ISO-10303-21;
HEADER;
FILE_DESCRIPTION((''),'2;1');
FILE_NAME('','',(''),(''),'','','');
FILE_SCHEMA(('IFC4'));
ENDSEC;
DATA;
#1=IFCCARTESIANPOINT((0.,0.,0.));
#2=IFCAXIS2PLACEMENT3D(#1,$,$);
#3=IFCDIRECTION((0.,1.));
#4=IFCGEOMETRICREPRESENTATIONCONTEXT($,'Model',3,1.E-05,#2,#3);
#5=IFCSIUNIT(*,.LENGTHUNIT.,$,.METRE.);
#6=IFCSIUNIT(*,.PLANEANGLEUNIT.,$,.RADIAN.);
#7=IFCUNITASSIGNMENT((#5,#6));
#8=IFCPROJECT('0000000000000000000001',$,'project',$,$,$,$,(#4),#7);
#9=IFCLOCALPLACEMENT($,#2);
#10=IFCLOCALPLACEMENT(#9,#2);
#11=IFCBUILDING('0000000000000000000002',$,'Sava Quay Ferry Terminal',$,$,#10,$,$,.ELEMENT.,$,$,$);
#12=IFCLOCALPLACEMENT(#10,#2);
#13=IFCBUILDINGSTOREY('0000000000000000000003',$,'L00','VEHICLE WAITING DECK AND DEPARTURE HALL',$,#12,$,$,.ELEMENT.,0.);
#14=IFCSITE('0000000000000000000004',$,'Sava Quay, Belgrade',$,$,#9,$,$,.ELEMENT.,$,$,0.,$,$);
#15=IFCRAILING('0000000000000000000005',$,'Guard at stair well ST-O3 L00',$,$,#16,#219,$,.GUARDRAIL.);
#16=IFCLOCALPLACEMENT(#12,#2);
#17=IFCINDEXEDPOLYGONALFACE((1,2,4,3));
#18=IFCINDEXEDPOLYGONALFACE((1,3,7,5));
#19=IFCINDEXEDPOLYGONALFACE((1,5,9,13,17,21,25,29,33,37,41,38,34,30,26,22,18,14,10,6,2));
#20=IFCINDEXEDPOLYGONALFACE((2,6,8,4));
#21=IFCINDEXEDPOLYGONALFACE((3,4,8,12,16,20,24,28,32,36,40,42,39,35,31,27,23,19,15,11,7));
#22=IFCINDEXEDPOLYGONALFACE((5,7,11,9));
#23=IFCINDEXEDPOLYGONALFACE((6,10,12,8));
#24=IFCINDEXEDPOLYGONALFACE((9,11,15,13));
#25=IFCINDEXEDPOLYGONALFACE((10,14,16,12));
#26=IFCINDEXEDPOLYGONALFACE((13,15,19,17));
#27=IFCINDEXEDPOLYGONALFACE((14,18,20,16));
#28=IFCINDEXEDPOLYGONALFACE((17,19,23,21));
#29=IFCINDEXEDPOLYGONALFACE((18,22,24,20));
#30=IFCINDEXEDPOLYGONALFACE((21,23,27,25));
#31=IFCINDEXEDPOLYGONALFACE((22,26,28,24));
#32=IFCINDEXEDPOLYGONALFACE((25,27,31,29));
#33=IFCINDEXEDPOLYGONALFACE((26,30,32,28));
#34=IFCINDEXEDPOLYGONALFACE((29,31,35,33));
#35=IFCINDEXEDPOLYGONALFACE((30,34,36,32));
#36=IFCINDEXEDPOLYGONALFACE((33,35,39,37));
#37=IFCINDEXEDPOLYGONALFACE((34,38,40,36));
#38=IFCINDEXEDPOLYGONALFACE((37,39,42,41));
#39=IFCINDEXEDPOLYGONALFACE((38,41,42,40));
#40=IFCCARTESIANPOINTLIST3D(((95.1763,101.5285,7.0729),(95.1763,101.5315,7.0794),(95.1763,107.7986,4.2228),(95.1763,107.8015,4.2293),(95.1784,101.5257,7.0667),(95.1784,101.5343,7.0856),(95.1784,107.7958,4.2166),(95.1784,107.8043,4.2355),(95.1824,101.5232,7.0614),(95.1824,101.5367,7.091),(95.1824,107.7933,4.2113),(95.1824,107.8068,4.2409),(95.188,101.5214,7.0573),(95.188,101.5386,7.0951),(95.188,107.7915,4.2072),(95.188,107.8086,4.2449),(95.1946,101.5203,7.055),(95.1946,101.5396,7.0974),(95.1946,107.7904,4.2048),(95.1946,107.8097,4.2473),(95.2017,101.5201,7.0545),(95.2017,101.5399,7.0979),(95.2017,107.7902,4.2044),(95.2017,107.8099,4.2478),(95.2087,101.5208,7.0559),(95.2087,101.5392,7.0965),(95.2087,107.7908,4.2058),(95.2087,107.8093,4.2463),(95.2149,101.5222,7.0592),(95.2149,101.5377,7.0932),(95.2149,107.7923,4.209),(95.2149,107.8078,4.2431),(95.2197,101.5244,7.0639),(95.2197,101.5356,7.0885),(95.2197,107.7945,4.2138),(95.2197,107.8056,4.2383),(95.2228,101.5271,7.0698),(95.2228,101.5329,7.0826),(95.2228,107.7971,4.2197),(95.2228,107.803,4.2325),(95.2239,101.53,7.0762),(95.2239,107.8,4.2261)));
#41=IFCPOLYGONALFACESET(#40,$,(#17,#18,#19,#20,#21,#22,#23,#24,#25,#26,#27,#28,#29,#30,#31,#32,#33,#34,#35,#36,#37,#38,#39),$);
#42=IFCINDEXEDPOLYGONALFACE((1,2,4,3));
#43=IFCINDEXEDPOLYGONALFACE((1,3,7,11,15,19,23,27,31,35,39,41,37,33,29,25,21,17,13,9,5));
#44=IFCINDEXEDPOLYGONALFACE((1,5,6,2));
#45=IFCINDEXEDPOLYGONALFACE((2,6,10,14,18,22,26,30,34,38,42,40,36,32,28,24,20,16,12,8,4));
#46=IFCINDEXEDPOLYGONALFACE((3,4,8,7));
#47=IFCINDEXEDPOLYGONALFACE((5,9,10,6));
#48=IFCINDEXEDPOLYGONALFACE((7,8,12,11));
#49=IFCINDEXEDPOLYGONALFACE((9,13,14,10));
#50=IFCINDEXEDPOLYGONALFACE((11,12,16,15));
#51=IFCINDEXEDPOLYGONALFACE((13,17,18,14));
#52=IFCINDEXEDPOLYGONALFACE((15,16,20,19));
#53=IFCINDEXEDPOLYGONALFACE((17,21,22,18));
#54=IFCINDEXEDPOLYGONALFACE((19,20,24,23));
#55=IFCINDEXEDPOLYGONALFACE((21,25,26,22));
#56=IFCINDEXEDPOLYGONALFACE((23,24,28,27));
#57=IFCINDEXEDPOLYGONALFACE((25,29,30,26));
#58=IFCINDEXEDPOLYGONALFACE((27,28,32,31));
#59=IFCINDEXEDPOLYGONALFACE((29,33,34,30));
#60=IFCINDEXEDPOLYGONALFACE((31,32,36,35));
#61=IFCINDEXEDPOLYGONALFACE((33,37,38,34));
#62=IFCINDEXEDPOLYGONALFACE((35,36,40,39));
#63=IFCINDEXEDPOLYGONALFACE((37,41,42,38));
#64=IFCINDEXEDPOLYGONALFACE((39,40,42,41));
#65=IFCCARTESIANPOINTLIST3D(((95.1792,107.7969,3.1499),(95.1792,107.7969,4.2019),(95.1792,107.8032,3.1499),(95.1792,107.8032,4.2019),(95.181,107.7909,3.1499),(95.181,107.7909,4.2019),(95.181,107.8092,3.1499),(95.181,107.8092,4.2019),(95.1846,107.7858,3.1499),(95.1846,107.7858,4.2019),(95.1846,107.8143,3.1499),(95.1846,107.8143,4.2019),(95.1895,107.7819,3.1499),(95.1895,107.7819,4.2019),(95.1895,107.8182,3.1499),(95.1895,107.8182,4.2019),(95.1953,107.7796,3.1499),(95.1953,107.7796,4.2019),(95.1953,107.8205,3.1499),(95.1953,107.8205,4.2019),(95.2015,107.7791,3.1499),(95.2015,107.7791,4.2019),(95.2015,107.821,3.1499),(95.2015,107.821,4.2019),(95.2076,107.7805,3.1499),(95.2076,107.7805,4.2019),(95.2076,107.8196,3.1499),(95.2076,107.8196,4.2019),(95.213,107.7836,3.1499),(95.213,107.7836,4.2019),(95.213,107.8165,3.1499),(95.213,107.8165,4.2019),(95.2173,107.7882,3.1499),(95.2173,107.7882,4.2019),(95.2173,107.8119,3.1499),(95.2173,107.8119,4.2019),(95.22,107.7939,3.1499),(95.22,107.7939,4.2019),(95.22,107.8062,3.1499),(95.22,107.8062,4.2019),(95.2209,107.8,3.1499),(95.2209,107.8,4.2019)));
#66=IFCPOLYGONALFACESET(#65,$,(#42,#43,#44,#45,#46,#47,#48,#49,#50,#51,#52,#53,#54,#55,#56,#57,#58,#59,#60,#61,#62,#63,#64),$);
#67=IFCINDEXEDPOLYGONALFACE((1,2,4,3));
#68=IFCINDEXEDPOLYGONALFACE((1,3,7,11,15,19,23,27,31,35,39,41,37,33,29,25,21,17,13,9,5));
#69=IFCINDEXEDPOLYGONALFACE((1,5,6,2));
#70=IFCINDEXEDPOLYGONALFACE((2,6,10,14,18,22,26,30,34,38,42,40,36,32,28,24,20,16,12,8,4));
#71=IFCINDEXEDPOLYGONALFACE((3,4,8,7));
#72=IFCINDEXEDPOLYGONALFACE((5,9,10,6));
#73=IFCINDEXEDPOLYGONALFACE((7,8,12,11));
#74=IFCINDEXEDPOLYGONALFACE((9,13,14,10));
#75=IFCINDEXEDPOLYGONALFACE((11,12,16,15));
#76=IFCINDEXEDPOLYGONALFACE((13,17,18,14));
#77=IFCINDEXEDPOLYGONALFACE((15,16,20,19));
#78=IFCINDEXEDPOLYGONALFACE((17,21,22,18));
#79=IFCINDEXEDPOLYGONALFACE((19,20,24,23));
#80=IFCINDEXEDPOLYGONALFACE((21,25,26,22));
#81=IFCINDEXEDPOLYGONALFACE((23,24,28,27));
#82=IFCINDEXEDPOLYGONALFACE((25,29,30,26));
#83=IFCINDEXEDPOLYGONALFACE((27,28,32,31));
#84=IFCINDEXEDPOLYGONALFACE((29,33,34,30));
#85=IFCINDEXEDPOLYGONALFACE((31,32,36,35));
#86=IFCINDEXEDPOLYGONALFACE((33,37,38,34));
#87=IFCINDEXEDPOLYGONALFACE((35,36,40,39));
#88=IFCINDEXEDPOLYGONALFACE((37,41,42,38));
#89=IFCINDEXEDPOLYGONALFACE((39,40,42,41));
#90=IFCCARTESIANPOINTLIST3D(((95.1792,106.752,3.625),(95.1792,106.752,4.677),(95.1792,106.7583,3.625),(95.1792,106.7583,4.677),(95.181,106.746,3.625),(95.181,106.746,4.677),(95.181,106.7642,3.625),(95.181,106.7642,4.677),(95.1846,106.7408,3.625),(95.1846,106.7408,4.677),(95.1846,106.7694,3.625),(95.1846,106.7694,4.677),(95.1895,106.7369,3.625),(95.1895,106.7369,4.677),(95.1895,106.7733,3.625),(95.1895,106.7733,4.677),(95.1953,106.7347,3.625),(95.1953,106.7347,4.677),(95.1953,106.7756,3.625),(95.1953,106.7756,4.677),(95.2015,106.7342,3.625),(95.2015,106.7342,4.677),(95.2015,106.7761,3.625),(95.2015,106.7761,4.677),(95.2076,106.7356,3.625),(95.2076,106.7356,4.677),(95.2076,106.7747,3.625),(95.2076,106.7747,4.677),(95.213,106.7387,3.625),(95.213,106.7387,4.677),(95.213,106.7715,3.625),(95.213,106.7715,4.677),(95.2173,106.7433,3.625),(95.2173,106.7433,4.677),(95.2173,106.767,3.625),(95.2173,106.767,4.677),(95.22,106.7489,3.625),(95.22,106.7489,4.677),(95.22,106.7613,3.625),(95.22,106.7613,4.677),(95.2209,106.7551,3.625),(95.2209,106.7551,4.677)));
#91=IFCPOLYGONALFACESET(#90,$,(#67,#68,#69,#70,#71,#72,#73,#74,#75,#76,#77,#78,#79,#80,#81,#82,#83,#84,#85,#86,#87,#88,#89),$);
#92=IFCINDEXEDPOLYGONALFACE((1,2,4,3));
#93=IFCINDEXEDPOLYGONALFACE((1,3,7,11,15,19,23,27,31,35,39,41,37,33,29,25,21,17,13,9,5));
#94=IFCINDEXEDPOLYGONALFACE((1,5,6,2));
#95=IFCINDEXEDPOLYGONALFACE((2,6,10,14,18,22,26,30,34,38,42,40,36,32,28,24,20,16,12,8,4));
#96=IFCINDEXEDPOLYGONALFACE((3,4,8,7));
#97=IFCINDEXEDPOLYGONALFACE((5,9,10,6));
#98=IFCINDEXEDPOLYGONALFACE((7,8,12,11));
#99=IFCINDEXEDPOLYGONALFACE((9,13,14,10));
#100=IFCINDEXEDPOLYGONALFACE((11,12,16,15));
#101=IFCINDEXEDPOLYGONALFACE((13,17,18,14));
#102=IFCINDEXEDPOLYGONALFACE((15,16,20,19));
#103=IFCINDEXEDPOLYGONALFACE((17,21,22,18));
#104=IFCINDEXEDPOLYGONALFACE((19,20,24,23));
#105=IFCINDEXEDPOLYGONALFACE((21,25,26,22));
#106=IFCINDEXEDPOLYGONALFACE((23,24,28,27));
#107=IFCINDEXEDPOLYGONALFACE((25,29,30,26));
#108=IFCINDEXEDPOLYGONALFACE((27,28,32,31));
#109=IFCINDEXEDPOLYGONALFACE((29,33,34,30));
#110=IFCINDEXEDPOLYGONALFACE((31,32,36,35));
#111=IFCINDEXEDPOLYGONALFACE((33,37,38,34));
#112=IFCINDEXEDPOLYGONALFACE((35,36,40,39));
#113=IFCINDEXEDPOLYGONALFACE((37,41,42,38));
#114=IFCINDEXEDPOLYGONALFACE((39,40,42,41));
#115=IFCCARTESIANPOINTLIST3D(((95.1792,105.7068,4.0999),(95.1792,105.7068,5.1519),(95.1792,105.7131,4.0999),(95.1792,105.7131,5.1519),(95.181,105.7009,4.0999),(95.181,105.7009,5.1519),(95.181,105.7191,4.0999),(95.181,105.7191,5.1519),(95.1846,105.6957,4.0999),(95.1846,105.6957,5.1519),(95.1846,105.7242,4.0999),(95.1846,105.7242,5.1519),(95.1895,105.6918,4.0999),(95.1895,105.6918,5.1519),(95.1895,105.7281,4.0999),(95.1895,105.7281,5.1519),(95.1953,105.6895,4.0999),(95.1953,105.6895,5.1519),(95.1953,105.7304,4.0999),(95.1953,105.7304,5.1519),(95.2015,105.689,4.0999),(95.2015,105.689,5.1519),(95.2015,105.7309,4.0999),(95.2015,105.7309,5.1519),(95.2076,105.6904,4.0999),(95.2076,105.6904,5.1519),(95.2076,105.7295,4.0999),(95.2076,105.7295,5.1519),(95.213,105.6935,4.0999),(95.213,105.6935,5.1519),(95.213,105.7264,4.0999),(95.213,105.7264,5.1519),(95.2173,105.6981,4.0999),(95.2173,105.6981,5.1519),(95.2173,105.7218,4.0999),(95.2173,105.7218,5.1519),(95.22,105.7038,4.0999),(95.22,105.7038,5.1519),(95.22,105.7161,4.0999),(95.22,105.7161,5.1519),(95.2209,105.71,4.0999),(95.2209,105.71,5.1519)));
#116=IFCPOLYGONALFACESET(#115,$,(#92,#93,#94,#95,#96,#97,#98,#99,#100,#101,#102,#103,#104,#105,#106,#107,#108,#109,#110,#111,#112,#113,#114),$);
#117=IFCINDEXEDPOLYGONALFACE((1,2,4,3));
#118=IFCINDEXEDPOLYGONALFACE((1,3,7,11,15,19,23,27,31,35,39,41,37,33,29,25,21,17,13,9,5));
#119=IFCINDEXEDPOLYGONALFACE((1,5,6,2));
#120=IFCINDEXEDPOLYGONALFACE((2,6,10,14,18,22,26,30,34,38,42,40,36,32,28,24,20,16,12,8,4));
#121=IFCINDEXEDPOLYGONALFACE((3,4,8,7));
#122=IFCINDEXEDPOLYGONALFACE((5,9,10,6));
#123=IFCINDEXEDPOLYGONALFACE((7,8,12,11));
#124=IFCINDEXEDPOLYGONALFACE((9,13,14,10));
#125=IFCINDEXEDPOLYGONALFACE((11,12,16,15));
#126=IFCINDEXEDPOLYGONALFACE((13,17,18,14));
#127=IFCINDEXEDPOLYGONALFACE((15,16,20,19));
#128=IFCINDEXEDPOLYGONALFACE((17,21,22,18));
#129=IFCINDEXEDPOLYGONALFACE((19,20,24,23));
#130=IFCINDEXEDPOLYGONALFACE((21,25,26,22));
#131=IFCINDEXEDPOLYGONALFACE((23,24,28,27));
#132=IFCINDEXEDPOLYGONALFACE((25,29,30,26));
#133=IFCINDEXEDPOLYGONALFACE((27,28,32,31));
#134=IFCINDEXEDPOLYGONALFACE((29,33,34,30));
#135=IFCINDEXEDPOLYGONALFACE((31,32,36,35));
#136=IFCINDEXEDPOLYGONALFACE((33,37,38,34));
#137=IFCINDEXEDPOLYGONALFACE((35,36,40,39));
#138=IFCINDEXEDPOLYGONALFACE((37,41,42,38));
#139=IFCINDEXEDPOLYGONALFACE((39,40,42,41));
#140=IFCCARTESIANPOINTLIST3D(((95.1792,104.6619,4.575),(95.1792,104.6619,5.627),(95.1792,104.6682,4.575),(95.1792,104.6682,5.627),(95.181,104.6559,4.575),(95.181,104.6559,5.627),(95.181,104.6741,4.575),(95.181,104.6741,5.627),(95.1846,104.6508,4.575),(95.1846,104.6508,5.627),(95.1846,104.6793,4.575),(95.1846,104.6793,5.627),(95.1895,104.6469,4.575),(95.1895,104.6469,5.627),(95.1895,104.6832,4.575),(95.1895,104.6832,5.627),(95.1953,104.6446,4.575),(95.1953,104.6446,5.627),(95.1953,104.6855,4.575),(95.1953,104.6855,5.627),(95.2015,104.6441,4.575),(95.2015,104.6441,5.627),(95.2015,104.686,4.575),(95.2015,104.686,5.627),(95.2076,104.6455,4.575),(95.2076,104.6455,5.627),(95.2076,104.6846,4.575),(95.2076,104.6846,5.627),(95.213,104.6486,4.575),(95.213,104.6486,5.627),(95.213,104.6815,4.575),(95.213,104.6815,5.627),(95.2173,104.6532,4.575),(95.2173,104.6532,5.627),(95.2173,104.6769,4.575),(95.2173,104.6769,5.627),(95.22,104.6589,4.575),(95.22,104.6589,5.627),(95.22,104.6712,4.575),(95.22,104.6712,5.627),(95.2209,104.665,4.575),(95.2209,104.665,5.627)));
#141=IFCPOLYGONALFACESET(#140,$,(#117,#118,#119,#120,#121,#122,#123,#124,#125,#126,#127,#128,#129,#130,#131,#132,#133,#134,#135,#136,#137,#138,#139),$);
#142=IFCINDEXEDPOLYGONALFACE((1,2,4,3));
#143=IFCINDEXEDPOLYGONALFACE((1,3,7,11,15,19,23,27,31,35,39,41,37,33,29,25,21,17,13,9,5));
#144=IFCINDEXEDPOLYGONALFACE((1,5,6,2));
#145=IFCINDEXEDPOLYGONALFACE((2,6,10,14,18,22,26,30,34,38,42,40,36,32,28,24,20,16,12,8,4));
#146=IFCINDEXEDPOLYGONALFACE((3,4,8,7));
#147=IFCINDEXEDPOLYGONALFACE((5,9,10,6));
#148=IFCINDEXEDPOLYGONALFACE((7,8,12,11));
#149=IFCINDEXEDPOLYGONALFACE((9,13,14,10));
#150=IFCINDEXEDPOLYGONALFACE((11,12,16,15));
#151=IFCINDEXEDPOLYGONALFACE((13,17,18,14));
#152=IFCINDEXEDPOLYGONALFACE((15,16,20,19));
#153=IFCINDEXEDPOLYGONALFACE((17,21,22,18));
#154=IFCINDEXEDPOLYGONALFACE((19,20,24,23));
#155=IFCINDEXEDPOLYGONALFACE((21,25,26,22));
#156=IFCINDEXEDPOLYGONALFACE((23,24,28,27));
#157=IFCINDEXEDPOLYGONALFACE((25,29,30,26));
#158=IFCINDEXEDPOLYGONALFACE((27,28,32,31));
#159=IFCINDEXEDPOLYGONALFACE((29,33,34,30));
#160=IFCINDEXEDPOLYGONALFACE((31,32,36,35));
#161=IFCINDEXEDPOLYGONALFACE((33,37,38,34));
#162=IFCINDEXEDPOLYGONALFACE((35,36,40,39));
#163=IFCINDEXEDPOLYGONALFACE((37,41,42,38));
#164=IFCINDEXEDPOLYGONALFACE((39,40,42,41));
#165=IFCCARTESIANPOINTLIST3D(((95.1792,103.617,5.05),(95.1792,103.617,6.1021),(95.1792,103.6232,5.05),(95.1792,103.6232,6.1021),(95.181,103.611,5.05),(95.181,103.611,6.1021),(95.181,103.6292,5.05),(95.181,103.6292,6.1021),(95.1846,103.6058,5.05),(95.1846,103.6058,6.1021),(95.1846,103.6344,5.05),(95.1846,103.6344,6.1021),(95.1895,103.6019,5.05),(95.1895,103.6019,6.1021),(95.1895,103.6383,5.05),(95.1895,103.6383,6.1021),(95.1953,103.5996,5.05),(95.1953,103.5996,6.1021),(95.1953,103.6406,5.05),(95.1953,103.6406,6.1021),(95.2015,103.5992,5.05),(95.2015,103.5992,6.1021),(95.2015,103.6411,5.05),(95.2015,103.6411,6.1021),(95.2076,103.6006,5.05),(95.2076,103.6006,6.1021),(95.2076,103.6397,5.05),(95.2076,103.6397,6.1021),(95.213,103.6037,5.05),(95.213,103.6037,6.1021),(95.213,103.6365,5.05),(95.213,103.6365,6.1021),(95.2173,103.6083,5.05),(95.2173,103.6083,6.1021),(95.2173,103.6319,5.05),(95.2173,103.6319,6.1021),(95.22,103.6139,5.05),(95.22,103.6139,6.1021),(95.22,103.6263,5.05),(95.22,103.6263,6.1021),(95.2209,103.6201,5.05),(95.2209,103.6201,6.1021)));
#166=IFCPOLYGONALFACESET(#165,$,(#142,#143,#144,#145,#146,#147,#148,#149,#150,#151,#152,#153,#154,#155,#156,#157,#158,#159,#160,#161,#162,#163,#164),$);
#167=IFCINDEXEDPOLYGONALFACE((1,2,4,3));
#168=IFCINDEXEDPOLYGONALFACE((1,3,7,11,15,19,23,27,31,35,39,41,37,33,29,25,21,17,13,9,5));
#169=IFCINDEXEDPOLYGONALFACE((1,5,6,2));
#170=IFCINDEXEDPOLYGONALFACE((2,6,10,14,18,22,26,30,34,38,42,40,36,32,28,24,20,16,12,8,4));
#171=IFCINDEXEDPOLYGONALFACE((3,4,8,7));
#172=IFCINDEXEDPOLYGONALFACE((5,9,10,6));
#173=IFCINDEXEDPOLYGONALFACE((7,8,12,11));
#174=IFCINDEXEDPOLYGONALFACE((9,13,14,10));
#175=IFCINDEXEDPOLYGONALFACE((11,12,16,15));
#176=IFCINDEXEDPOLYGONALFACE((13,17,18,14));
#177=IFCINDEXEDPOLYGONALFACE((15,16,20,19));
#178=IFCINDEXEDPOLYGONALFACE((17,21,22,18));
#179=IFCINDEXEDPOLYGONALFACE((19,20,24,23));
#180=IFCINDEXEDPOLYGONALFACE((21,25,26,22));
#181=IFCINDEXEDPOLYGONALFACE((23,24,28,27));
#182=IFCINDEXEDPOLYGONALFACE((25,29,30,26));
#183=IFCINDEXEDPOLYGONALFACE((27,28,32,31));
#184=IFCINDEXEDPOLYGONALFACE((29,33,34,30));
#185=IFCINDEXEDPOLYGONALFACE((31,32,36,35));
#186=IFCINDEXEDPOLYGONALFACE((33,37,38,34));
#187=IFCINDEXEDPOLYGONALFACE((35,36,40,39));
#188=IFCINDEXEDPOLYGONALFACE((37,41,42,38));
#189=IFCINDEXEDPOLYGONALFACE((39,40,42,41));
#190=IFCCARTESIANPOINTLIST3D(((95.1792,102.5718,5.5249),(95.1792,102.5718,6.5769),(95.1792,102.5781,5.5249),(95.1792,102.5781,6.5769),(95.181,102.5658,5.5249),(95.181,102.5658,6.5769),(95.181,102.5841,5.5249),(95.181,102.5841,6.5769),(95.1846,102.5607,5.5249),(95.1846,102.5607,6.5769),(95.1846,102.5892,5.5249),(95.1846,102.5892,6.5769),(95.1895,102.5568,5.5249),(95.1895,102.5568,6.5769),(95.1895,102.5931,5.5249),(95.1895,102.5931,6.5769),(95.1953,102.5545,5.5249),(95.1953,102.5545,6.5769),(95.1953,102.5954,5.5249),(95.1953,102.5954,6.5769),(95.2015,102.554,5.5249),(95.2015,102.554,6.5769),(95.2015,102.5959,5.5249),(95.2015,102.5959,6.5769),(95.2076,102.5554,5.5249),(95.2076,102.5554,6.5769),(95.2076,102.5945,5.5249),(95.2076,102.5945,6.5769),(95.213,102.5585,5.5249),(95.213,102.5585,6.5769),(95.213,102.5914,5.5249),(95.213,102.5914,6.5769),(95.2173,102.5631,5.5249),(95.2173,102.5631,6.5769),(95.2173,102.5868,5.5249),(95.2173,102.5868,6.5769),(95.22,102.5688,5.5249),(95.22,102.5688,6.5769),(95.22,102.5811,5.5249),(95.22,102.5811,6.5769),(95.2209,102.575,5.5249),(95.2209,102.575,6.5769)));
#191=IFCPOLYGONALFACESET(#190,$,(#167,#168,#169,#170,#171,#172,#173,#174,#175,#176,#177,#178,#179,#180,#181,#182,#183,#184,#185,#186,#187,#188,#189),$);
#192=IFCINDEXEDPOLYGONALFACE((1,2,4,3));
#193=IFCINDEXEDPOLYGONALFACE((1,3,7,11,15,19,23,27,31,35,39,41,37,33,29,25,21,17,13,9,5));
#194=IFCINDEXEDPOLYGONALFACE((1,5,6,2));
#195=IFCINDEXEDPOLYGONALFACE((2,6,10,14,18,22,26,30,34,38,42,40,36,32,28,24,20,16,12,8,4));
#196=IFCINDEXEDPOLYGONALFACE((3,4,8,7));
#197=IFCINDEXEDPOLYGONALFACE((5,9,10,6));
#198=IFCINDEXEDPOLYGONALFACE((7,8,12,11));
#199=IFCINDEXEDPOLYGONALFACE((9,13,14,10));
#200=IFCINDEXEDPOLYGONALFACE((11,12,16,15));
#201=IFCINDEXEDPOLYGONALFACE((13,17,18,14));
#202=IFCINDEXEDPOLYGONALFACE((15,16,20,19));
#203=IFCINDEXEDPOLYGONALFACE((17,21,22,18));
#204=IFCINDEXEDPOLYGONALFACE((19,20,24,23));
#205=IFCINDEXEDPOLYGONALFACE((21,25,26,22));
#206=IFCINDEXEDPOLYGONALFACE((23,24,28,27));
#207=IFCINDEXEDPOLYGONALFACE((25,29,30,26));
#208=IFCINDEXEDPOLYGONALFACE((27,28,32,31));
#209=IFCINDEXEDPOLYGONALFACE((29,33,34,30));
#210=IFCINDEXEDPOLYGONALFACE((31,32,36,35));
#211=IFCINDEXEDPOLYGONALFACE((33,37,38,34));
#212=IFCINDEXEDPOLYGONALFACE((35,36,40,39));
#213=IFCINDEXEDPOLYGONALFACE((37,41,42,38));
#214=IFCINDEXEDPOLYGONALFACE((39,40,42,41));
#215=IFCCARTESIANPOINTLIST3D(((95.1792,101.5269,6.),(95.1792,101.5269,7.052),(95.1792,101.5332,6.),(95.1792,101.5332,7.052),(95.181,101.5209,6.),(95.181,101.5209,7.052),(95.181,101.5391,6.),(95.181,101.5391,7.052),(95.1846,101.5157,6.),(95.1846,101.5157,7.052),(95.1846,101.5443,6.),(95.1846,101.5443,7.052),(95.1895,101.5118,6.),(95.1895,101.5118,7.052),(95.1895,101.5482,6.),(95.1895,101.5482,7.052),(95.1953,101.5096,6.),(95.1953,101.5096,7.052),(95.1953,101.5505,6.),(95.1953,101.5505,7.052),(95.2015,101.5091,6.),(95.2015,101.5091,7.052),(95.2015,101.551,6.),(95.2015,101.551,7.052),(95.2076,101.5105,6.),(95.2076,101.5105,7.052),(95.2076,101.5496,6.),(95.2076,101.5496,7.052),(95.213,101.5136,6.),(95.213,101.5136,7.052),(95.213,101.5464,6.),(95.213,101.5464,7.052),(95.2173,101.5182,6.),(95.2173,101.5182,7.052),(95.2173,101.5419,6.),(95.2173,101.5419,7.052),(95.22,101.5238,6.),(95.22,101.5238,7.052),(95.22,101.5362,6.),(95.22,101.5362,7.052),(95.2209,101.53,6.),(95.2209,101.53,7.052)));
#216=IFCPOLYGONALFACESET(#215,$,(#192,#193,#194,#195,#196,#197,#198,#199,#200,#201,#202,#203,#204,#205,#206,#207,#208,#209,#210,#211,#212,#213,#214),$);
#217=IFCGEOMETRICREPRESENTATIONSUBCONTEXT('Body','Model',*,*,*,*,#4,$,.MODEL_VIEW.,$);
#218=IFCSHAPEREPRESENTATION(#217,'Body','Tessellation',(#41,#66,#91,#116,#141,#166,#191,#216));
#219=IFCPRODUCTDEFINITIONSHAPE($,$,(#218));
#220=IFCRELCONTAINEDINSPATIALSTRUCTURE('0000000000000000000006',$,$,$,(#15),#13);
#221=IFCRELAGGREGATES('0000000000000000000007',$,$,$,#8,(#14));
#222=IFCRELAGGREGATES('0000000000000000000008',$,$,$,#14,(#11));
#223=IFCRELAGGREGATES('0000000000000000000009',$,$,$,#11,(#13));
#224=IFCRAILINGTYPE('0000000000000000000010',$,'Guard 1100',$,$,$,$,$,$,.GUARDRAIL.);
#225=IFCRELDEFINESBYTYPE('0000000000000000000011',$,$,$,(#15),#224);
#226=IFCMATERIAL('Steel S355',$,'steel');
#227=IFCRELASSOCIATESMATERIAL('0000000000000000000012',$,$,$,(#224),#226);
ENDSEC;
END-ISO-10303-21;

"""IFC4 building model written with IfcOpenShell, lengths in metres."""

from ifc_helpers import new_model, si_unit, direction, frame, origin, origin_2d, place, context, subcontext, project, spatial, circle, extrude, material, type_object, element, save


model = new_model("IFC4")

# Units and contexts
model_context = context("Model", 3, precision=1e-05, world=origin(), true_north=direction((0.0, 1.0)))
body_context = subcontext(model_context, "Body", "Model", "MODEL_VIEW")
ifc_project = project(units=[si_unit("LENGTHUNIT", "METRE"), si_unit("PLANEANGLEUNIT", "RADIAN")], contexts=[model_context])

# Site, building, storey
site_placement = place(None, origin())
site = spatial("IfcSite", under=ifc_project, at=site_placement, Name="Sava Quay, Belgrade", CompositionType="ELEMENT", RefElevation=0.0)
building_placement = place(site_placement, origin())
building = spatial("IfcBuilding", under=site, at=building_placement, Name="Sava Quay Ferry Terminal", CompositionType="ELEMENT")
storey_placement = place(building_placement, origin())
storey = spatial("IfcBuildingStorey", under=building, at=storey_placement, Name="L00", Description="VEHICLE WAITING DECK AND DEPARTURE HALL", CompositionType="ELEMENT", Elevation=0.0)

# Railing
ifc_material_1 = material(Name="Steel S355", Category="steel")
railing_type_1 = type_object("IfcRailingType", Name="Guard 1100", PredefinedType="GUARDRAIL", material=ifc_material_1)
railing_1_placement = place(storey_placement, frame((95.2, 107.8, 3.1499)))
element("IfcRailing", 1, at=railing_1_placement, inside=storey, type_object=railing_type_1, Name="Guard at stair well ST-O3 L00", PredefinedType="GUARDRAIL", context=body_context, shape_type="SweptSolid", body=[
    extrude(circle(Radius=0.0239, at=origin_2d()), frame((0.0, 0.0, 1.0762), z_axis=(0.0, -0.910362, 0.413814), x_axis=(1.0, 0.0, 0.0)), (0.0, 0.0, 1.0), 6.8875),
    extrude(circle(Radius=0.021, at=origin_2d()), origin(), (0.0, 0.0, 1.0), 1.052),
    extrude(circle(Radius=0.021, at=origin_2d()), frame((0.0, -1.0449, 0.4751)), (0.0, 0.0, 1.0), 1.052),
    extrude(circle(Radius=0.021, at=origin_2d()), frame((0.0, -2.0901, 0.95)), (0.0, 0.0, 1.0), 1.052),
    extrude(circle(Radius=0.021, at=origin_2d()), frame((0.0, -3.135, 1.425)), (0.0, 0.0, 1.0), 1.052),
    extrude(circle(Radius=0.021, at=origin_2d()), frame((0.0, -4.1799, 1.9001)), (0.0, 0.0, 1.0), 1.052),
    extrude(circle(Radius=0.021, at=origin_2d()), frame((0.0, -5.2251, 2.375)), (0.0, 0.0, 1.0), 1.052),
    extrude(circle(Radius=0.021, at=origin_2d()), frame((0.0, -6.27, 2.8501)), (0.0, 0.0, 1.0), 1.052),
])

save(model, "model.ifc")
